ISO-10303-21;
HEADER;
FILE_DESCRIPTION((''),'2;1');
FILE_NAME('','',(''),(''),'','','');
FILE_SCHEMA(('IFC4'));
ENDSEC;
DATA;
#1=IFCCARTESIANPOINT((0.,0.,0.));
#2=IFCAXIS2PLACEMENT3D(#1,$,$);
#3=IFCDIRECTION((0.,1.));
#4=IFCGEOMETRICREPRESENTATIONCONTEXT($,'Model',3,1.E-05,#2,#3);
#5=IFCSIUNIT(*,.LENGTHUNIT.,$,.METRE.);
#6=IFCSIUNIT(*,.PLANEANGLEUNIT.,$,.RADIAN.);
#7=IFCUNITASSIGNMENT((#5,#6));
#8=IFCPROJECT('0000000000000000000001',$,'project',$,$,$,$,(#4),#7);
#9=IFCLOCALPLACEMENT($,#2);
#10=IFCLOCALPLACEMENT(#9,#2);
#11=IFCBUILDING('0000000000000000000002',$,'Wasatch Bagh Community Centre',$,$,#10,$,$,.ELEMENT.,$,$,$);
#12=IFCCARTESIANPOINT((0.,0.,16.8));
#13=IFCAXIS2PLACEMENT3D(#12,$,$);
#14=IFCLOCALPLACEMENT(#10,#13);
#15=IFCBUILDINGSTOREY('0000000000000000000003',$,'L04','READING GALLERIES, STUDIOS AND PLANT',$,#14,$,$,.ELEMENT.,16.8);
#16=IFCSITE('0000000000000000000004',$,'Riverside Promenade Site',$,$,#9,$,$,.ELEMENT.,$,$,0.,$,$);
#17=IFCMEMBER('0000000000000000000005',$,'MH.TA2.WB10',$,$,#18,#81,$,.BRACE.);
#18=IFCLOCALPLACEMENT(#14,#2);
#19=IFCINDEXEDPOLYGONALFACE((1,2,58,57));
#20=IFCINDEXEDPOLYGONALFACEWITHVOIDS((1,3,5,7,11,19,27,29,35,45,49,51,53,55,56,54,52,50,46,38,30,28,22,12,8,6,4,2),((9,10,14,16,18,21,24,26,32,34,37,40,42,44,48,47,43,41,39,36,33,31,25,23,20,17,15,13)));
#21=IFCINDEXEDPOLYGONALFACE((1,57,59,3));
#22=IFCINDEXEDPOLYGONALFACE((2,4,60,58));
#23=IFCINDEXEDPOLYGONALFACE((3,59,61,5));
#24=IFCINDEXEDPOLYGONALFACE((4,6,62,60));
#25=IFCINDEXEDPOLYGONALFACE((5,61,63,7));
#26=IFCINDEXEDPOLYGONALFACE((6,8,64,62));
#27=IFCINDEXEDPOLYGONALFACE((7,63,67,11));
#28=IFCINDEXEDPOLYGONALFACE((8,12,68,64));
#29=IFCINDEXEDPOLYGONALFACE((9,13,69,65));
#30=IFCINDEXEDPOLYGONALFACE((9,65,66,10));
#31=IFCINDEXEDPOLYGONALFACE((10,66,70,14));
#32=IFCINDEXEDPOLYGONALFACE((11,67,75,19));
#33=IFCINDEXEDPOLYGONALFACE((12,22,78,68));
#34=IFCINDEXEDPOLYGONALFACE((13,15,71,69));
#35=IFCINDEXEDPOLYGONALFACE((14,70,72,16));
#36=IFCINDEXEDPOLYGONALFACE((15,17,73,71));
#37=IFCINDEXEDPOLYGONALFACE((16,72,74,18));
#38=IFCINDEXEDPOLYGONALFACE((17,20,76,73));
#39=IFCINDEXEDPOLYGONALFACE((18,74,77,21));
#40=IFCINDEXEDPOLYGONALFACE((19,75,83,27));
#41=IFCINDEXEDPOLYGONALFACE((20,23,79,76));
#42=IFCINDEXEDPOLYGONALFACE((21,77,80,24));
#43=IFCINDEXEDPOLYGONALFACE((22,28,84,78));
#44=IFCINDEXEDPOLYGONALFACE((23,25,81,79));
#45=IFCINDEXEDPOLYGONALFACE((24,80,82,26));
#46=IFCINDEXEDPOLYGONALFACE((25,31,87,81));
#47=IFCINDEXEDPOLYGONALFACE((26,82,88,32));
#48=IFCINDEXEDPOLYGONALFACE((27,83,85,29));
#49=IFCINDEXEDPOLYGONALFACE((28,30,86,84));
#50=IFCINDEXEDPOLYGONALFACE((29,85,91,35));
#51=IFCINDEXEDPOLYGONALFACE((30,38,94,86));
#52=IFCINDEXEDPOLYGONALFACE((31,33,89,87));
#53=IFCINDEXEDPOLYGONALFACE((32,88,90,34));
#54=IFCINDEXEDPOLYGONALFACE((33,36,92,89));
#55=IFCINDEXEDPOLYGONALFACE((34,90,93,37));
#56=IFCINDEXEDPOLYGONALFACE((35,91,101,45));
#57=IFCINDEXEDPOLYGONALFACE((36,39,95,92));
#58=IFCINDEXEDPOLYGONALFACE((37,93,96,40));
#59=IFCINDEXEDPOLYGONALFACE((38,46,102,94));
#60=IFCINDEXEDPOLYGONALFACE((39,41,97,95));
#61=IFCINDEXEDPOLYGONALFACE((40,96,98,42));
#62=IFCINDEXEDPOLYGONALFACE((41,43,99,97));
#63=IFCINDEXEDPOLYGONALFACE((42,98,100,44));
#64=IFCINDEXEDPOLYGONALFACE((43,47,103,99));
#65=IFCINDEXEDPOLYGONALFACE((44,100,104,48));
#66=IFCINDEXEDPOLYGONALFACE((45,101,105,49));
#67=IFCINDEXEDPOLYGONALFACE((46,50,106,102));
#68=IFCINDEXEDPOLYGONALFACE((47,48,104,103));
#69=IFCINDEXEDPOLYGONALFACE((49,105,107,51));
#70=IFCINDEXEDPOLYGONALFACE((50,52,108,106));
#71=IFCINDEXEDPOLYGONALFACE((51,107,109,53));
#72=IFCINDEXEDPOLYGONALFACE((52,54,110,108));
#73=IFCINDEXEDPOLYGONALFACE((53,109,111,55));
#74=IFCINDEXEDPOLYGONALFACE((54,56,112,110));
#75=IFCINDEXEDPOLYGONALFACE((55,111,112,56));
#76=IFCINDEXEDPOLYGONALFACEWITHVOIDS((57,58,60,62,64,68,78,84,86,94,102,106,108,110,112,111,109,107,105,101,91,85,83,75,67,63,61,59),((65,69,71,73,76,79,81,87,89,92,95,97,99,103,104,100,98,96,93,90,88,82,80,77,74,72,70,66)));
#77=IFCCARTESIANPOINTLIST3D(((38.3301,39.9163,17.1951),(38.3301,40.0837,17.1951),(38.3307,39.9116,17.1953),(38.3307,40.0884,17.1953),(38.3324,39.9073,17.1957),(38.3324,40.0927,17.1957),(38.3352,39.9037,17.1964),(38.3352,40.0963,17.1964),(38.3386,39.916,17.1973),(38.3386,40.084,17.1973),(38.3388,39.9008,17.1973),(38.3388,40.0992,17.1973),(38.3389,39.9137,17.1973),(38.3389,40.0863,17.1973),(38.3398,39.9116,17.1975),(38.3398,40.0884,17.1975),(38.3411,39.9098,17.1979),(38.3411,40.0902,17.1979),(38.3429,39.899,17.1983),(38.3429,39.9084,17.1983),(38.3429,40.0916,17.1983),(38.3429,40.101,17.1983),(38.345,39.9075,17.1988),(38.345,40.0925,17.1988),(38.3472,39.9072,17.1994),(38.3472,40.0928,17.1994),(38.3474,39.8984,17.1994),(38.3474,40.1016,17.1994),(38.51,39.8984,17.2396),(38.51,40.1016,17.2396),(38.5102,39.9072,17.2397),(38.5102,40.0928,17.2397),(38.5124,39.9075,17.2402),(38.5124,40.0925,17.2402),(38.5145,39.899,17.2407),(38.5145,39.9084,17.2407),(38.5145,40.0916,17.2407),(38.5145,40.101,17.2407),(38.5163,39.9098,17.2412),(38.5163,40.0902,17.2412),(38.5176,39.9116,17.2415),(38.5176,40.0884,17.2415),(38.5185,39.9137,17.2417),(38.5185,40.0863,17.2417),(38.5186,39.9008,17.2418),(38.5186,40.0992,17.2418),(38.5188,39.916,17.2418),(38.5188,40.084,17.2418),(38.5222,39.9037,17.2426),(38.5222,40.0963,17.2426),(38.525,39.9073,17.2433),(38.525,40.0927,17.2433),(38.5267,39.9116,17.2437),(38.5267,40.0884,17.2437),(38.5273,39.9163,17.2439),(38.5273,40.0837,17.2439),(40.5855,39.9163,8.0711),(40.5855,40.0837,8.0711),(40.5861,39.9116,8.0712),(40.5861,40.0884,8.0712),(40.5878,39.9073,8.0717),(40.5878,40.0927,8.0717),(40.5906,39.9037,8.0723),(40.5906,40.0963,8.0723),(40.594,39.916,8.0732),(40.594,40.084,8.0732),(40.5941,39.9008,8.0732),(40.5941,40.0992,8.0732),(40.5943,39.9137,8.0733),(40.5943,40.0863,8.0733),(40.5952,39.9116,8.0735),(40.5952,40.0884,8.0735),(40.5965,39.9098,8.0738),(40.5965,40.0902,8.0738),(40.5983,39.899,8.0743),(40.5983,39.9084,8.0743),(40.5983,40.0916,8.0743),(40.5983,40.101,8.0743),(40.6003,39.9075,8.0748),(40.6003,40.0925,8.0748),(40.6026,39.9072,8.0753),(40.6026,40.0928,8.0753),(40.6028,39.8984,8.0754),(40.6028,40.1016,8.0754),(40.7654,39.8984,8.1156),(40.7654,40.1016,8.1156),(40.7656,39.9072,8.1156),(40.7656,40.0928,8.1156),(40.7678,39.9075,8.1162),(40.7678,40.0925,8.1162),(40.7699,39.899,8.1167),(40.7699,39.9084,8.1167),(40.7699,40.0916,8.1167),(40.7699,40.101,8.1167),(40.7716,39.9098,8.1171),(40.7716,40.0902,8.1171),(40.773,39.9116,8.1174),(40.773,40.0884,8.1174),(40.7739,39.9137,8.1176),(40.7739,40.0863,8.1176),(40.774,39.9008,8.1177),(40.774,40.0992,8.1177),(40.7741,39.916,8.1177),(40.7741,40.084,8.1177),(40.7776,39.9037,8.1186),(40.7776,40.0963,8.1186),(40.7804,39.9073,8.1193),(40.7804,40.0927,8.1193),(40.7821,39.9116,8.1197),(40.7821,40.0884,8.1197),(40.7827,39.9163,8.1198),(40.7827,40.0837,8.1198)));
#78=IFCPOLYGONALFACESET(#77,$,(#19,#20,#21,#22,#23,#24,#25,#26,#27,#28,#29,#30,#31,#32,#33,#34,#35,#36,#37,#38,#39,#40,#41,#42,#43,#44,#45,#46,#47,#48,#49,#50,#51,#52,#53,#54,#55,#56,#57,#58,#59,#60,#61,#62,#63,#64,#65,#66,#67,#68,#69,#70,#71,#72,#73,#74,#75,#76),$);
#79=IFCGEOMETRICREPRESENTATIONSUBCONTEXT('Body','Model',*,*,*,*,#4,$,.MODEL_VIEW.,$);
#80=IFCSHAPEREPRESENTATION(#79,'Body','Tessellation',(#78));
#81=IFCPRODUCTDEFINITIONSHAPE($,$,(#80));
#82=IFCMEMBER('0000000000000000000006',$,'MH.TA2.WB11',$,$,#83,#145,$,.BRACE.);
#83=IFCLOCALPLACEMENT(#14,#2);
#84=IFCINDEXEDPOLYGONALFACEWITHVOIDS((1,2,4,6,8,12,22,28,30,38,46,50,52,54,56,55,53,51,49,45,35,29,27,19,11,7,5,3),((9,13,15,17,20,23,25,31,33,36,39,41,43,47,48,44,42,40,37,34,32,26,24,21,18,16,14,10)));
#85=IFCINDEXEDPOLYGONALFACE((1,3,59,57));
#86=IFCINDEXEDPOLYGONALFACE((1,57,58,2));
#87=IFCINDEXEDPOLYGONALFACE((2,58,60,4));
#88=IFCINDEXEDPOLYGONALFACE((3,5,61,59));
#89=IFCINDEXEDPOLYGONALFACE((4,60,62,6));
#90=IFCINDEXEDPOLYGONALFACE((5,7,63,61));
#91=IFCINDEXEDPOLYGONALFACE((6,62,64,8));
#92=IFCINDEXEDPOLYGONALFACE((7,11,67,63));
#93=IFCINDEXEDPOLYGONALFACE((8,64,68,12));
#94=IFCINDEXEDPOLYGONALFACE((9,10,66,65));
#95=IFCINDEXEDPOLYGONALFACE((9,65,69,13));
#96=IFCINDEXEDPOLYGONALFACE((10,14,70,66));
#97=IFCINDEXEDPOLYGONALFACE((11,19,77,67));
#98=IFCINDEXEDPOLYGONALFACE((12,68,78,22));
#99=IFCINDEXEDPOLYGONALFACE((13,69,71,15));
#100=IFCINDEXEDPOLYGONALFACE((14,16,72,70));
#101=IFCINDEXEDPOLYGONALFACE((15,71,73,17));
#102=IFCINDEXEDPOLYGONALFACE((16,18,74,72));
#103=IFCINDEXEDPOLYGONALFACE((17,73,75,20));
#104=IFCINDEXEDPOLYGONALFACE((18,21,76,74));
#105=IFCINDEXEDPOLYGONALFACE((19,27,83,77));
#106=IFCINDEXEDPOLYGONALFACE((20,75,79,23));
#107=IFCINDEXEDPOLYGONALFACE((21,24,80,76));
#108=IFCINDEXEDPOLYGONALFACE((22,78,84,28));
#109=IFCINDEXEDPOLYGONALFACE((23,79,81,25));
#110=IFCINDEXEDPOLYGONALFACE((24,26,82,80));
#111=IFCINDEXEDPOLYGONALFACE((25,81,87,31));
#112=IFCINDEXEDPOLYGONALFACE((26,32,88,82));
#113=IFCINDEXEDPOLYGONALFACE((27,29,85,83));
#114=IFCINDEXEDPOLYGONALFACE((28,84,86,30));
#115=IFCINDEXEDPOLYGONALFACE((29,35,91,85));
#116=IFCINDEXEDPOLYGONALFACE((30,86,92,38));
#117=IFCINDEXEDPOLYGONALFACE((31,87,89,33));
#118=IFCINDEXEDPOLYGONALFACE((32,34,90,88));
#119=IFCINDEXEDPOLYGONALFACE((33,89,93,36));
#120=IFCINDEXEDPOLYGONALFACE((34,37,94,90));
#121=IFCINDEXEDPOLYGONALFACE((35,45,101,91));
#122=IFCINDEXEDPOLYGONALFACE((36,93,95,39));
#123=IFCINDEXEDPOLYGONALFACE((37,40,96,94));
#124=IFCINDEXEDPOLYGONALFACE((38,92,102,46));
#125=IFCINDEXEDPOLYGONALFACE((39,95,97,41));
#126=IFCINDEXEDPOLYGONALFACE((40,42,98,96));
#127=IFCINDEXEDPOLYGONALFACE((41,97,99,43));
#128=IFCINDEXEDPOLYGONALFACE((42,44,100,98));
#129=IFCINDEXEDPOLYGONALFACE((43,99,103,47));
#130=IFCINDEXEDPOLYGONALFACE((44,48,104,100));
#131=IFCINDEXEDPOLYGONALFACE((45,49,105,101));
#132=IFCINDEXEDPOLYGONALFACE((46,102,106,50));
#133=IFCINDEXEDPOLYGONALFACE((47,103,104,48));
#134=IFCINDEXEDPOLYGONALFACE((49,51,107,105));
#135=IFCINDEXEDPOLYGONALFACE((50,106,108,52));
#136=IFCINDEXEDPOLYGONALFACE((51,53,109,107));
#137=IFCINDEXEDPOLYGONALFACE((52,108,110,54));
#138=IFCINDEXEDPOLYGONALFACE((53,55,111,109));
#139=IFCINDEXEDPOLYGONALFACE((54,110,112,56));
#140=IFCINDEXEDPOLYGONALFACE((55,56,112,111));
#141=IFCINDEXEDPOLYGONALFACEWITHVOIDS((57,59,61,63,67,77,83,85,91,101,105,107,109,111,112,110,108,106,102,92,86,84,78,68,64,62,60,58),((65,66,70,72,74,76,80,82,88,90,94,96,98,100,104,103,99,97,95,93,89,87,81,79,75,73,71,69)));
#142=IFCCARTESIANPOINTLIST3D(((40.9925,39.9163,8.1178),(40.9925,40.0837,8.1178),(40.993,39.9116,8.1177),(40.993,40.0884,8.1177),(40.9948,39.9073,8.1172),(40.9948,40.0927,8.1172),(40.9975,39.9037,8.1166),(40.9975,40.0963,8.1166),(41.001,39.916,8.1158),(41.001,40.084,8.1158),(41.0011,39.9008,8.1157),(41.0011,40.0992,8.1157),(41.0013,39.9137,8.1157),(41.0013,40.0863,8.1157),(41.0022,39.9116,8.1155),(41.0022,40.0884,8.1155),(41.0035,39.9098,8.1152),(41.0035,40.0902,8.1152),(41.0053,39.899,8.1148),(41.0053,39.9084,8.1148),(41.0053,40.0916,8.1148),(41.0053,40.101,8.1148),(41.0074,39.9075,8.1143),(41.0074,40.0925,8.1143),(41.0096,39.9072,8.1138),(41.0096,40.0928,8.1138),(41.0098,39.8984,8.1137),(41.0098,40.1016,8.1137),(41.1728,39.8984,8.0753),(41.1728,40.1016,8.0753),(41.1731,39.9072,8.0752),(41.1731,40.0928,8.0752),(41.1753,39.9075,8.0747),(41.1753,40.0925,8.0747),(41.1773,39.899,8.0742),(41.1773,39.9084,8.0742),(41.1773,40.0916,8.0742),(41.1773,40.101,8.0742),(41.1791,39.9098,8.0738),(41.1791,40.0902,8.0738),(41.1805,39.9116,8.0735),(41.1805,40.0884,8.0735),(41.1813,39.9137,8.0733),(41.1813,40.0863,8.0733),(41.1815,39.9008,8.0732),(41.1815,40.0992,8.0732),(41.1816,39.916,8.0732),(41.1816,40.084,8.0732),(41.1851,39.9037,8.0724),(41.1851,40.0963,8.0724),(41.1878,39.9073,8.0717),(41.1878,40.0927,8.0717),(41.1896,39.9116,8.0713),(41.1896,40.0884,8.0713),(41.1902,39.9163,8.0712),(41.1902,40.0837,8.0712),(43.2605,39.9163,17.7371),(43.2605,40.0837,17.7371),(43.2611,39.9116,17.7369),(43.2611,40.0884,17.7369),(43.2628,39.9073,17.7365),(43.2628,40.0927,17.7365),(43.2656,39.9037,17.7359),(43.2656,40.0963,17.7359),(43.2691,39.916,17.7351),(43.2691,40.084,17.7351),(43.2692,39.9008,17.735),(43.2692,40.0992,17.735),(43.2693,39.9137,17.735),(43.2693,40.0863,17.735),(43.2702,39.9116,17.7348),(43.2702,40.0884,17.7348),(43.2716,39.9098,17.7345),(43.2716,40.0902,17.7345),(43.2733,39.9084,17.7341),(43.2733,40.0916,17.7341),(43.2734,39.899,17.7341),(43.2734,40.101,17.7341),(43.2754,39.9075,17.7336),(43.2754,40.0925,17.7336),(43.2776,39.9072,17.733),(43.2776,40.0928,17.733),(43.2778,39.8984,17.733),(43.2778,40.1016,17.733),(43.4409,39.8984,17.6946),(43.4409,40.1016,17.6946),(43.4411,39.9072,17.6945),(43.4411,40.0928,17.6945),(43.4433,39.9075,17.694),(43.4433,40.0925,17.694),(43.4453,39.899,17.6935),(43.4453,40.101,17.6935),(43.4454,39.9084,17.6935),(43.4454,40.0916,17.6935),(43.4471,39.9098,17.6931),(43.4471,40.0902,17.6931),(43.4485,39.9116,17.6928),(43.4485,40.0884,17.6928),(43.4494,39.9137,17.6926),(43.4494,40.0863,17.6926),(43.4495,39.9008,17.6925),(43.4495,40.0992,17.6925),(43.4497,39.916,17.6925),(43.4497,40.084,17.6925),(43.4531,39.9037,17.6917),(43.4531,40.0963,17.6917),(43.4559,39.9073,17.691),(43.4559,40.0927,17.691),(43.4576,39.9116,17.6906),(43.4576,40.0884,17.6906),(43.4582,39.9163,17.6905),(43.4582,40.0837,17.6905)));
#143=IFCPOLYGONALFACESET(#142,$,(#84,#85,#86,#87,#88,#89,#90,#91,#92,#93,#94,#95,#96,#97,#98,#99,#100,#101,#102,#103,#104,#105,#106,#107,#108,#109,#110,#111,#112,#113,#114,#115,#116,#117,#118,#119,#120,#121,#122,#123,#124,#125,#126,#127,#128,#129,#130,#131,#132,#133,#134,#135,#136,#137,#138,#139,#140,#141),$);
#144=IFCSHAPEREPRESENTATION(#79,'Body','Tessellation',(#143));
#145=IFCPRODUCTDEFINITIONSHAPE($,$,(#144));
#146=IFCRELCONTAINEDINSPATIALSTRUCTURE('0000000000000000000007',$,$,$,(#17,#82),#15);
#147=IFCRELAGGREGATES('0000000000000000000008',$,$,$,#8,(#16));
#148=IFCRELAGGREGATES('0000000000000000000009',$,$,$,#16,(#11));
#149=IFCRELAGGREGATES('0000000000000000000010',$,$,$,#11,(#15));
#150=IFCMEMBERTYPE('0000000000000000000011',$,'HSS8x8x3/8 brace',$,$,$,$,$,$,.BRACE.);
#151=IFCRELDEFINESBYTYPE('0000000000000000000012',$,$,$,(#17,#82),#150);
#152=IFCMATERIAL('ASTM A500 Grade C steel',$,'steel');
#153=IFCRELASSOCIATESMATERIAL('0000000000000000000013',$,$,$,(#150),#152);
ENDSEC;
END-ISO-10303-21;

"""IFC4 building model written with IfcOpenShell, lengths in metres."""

from ifc_helpers import new_model, si_unit, direction, frame, origin, origin_2d, place, context, subcontext, project, spatial, hollow_rectangle, extrude, material, material_profile, profile_set, type_object, element, save


model = new_model("IFC4")

# Units and contexts
model_context = context("Model", 3, precision=1e-05, world=origin(), true_north=direction((0.0, 1.0)))
body_context = subcontext(model_context, "Body", "Model", "MODEL_VIEW")
ifc_project = project(units=[si_unit("LENGTHUNIT", "METRE"), si_unit("PLANEANGLEUNIT", "RADIAN")], contexts=[model_context])

# Site, building, storey
site_placement = place(None, origin())
site = spatial("IfcSite", under=ifc_project, at=site_placement, Name="Riverside Promenade Site", CompositionType="ELEMENT", RefElevation=0.0)
building_placement = place(site_placement, origin())
building = spatial("IfcBuilding", under=site, at=building_placement, Name="Wasatch Bagh Community Centre", CompositionType="ELEMENT")
storey_placement = place(building_placement, frame((0.0, 0.0, 16.8)))
storey = spatial("IfcBuildingStorey", under=building, at=storey_placement, Name="L04", Description="READING GALLERIES, STUDIOS AND PLANT", CompositionType="ELEMENT", Elevation=16.8)

# Members
ifc_material_1 = material(Name="ASTM A500 Grade C steel", Category="steel")
ifc_material_profile_1 = material_profile(ifc_material_1, hollow_rectangle(XDim=0.2031, YDim=0.2031, WallThickness=0.0088, InnerFilletRadius=0.0088, OuterFilletRadius=0.0178, at=origin_2d()), Name="HSS8x8x3/8")
ifc_profile_set_1 = profile_set([ifc_material_profile_1], Name="ASTM A500 Grade C steel")
member_type_1 = type_object("IfcMemberType", Name="HSS8x8x3/8 brace", PredefinedType="BRACE", material=ifc_profile_set_1)
member_1_placement = place(storey_placement, frame((40.6841, 40.0, 8.0955), z_axis=(-0.239968, 0.0, 0.970781), x_axis=(0.0, -1.0, 0.0)))
element("IfcMember", 1, at=member_1_placement, inside=storey, type_object=member_type_1, Name="MH.TA2.WB10", PredefinedType="BRACE", context=body_context, shape_type="SweptSolid", body=[
    extrude(hollow_rectangle(XDim=0.2031, YDim=0.2031, WallThickness=0.0088, InnerFilletRadius=0.0088, OuterFilletRadius=0.0178, at=origin_2d()), origin(), (0.0, 0.0, 1.0), 9.3987),
])
member_2_placement = place(storey_placement, frame((41.0913, 40.0, 8.0945), z_axis=(0.229488, 0.0, 0.973311), x_axis=(0.0, 1.0, 0.0)))
element("IfcMember", 2, at=member_2_placement, inside=storey, type_object=member_type_1, Name="MH.TA2.WB11", PredefinedType="BRACE", context=body_context, shape_type="SweptSolid", body=[
    extrude(hollow_rectangle(XDim=0.2031, YDim=0.2031, WallThickness=0.0088, InnerFilletRadius=0.0088, OuterFilletRadius=0.0178, at=origin_2d()), origin(), (0.0, 0.0, 1.0), 9.8831),
])

save(model, "model.ifc")
